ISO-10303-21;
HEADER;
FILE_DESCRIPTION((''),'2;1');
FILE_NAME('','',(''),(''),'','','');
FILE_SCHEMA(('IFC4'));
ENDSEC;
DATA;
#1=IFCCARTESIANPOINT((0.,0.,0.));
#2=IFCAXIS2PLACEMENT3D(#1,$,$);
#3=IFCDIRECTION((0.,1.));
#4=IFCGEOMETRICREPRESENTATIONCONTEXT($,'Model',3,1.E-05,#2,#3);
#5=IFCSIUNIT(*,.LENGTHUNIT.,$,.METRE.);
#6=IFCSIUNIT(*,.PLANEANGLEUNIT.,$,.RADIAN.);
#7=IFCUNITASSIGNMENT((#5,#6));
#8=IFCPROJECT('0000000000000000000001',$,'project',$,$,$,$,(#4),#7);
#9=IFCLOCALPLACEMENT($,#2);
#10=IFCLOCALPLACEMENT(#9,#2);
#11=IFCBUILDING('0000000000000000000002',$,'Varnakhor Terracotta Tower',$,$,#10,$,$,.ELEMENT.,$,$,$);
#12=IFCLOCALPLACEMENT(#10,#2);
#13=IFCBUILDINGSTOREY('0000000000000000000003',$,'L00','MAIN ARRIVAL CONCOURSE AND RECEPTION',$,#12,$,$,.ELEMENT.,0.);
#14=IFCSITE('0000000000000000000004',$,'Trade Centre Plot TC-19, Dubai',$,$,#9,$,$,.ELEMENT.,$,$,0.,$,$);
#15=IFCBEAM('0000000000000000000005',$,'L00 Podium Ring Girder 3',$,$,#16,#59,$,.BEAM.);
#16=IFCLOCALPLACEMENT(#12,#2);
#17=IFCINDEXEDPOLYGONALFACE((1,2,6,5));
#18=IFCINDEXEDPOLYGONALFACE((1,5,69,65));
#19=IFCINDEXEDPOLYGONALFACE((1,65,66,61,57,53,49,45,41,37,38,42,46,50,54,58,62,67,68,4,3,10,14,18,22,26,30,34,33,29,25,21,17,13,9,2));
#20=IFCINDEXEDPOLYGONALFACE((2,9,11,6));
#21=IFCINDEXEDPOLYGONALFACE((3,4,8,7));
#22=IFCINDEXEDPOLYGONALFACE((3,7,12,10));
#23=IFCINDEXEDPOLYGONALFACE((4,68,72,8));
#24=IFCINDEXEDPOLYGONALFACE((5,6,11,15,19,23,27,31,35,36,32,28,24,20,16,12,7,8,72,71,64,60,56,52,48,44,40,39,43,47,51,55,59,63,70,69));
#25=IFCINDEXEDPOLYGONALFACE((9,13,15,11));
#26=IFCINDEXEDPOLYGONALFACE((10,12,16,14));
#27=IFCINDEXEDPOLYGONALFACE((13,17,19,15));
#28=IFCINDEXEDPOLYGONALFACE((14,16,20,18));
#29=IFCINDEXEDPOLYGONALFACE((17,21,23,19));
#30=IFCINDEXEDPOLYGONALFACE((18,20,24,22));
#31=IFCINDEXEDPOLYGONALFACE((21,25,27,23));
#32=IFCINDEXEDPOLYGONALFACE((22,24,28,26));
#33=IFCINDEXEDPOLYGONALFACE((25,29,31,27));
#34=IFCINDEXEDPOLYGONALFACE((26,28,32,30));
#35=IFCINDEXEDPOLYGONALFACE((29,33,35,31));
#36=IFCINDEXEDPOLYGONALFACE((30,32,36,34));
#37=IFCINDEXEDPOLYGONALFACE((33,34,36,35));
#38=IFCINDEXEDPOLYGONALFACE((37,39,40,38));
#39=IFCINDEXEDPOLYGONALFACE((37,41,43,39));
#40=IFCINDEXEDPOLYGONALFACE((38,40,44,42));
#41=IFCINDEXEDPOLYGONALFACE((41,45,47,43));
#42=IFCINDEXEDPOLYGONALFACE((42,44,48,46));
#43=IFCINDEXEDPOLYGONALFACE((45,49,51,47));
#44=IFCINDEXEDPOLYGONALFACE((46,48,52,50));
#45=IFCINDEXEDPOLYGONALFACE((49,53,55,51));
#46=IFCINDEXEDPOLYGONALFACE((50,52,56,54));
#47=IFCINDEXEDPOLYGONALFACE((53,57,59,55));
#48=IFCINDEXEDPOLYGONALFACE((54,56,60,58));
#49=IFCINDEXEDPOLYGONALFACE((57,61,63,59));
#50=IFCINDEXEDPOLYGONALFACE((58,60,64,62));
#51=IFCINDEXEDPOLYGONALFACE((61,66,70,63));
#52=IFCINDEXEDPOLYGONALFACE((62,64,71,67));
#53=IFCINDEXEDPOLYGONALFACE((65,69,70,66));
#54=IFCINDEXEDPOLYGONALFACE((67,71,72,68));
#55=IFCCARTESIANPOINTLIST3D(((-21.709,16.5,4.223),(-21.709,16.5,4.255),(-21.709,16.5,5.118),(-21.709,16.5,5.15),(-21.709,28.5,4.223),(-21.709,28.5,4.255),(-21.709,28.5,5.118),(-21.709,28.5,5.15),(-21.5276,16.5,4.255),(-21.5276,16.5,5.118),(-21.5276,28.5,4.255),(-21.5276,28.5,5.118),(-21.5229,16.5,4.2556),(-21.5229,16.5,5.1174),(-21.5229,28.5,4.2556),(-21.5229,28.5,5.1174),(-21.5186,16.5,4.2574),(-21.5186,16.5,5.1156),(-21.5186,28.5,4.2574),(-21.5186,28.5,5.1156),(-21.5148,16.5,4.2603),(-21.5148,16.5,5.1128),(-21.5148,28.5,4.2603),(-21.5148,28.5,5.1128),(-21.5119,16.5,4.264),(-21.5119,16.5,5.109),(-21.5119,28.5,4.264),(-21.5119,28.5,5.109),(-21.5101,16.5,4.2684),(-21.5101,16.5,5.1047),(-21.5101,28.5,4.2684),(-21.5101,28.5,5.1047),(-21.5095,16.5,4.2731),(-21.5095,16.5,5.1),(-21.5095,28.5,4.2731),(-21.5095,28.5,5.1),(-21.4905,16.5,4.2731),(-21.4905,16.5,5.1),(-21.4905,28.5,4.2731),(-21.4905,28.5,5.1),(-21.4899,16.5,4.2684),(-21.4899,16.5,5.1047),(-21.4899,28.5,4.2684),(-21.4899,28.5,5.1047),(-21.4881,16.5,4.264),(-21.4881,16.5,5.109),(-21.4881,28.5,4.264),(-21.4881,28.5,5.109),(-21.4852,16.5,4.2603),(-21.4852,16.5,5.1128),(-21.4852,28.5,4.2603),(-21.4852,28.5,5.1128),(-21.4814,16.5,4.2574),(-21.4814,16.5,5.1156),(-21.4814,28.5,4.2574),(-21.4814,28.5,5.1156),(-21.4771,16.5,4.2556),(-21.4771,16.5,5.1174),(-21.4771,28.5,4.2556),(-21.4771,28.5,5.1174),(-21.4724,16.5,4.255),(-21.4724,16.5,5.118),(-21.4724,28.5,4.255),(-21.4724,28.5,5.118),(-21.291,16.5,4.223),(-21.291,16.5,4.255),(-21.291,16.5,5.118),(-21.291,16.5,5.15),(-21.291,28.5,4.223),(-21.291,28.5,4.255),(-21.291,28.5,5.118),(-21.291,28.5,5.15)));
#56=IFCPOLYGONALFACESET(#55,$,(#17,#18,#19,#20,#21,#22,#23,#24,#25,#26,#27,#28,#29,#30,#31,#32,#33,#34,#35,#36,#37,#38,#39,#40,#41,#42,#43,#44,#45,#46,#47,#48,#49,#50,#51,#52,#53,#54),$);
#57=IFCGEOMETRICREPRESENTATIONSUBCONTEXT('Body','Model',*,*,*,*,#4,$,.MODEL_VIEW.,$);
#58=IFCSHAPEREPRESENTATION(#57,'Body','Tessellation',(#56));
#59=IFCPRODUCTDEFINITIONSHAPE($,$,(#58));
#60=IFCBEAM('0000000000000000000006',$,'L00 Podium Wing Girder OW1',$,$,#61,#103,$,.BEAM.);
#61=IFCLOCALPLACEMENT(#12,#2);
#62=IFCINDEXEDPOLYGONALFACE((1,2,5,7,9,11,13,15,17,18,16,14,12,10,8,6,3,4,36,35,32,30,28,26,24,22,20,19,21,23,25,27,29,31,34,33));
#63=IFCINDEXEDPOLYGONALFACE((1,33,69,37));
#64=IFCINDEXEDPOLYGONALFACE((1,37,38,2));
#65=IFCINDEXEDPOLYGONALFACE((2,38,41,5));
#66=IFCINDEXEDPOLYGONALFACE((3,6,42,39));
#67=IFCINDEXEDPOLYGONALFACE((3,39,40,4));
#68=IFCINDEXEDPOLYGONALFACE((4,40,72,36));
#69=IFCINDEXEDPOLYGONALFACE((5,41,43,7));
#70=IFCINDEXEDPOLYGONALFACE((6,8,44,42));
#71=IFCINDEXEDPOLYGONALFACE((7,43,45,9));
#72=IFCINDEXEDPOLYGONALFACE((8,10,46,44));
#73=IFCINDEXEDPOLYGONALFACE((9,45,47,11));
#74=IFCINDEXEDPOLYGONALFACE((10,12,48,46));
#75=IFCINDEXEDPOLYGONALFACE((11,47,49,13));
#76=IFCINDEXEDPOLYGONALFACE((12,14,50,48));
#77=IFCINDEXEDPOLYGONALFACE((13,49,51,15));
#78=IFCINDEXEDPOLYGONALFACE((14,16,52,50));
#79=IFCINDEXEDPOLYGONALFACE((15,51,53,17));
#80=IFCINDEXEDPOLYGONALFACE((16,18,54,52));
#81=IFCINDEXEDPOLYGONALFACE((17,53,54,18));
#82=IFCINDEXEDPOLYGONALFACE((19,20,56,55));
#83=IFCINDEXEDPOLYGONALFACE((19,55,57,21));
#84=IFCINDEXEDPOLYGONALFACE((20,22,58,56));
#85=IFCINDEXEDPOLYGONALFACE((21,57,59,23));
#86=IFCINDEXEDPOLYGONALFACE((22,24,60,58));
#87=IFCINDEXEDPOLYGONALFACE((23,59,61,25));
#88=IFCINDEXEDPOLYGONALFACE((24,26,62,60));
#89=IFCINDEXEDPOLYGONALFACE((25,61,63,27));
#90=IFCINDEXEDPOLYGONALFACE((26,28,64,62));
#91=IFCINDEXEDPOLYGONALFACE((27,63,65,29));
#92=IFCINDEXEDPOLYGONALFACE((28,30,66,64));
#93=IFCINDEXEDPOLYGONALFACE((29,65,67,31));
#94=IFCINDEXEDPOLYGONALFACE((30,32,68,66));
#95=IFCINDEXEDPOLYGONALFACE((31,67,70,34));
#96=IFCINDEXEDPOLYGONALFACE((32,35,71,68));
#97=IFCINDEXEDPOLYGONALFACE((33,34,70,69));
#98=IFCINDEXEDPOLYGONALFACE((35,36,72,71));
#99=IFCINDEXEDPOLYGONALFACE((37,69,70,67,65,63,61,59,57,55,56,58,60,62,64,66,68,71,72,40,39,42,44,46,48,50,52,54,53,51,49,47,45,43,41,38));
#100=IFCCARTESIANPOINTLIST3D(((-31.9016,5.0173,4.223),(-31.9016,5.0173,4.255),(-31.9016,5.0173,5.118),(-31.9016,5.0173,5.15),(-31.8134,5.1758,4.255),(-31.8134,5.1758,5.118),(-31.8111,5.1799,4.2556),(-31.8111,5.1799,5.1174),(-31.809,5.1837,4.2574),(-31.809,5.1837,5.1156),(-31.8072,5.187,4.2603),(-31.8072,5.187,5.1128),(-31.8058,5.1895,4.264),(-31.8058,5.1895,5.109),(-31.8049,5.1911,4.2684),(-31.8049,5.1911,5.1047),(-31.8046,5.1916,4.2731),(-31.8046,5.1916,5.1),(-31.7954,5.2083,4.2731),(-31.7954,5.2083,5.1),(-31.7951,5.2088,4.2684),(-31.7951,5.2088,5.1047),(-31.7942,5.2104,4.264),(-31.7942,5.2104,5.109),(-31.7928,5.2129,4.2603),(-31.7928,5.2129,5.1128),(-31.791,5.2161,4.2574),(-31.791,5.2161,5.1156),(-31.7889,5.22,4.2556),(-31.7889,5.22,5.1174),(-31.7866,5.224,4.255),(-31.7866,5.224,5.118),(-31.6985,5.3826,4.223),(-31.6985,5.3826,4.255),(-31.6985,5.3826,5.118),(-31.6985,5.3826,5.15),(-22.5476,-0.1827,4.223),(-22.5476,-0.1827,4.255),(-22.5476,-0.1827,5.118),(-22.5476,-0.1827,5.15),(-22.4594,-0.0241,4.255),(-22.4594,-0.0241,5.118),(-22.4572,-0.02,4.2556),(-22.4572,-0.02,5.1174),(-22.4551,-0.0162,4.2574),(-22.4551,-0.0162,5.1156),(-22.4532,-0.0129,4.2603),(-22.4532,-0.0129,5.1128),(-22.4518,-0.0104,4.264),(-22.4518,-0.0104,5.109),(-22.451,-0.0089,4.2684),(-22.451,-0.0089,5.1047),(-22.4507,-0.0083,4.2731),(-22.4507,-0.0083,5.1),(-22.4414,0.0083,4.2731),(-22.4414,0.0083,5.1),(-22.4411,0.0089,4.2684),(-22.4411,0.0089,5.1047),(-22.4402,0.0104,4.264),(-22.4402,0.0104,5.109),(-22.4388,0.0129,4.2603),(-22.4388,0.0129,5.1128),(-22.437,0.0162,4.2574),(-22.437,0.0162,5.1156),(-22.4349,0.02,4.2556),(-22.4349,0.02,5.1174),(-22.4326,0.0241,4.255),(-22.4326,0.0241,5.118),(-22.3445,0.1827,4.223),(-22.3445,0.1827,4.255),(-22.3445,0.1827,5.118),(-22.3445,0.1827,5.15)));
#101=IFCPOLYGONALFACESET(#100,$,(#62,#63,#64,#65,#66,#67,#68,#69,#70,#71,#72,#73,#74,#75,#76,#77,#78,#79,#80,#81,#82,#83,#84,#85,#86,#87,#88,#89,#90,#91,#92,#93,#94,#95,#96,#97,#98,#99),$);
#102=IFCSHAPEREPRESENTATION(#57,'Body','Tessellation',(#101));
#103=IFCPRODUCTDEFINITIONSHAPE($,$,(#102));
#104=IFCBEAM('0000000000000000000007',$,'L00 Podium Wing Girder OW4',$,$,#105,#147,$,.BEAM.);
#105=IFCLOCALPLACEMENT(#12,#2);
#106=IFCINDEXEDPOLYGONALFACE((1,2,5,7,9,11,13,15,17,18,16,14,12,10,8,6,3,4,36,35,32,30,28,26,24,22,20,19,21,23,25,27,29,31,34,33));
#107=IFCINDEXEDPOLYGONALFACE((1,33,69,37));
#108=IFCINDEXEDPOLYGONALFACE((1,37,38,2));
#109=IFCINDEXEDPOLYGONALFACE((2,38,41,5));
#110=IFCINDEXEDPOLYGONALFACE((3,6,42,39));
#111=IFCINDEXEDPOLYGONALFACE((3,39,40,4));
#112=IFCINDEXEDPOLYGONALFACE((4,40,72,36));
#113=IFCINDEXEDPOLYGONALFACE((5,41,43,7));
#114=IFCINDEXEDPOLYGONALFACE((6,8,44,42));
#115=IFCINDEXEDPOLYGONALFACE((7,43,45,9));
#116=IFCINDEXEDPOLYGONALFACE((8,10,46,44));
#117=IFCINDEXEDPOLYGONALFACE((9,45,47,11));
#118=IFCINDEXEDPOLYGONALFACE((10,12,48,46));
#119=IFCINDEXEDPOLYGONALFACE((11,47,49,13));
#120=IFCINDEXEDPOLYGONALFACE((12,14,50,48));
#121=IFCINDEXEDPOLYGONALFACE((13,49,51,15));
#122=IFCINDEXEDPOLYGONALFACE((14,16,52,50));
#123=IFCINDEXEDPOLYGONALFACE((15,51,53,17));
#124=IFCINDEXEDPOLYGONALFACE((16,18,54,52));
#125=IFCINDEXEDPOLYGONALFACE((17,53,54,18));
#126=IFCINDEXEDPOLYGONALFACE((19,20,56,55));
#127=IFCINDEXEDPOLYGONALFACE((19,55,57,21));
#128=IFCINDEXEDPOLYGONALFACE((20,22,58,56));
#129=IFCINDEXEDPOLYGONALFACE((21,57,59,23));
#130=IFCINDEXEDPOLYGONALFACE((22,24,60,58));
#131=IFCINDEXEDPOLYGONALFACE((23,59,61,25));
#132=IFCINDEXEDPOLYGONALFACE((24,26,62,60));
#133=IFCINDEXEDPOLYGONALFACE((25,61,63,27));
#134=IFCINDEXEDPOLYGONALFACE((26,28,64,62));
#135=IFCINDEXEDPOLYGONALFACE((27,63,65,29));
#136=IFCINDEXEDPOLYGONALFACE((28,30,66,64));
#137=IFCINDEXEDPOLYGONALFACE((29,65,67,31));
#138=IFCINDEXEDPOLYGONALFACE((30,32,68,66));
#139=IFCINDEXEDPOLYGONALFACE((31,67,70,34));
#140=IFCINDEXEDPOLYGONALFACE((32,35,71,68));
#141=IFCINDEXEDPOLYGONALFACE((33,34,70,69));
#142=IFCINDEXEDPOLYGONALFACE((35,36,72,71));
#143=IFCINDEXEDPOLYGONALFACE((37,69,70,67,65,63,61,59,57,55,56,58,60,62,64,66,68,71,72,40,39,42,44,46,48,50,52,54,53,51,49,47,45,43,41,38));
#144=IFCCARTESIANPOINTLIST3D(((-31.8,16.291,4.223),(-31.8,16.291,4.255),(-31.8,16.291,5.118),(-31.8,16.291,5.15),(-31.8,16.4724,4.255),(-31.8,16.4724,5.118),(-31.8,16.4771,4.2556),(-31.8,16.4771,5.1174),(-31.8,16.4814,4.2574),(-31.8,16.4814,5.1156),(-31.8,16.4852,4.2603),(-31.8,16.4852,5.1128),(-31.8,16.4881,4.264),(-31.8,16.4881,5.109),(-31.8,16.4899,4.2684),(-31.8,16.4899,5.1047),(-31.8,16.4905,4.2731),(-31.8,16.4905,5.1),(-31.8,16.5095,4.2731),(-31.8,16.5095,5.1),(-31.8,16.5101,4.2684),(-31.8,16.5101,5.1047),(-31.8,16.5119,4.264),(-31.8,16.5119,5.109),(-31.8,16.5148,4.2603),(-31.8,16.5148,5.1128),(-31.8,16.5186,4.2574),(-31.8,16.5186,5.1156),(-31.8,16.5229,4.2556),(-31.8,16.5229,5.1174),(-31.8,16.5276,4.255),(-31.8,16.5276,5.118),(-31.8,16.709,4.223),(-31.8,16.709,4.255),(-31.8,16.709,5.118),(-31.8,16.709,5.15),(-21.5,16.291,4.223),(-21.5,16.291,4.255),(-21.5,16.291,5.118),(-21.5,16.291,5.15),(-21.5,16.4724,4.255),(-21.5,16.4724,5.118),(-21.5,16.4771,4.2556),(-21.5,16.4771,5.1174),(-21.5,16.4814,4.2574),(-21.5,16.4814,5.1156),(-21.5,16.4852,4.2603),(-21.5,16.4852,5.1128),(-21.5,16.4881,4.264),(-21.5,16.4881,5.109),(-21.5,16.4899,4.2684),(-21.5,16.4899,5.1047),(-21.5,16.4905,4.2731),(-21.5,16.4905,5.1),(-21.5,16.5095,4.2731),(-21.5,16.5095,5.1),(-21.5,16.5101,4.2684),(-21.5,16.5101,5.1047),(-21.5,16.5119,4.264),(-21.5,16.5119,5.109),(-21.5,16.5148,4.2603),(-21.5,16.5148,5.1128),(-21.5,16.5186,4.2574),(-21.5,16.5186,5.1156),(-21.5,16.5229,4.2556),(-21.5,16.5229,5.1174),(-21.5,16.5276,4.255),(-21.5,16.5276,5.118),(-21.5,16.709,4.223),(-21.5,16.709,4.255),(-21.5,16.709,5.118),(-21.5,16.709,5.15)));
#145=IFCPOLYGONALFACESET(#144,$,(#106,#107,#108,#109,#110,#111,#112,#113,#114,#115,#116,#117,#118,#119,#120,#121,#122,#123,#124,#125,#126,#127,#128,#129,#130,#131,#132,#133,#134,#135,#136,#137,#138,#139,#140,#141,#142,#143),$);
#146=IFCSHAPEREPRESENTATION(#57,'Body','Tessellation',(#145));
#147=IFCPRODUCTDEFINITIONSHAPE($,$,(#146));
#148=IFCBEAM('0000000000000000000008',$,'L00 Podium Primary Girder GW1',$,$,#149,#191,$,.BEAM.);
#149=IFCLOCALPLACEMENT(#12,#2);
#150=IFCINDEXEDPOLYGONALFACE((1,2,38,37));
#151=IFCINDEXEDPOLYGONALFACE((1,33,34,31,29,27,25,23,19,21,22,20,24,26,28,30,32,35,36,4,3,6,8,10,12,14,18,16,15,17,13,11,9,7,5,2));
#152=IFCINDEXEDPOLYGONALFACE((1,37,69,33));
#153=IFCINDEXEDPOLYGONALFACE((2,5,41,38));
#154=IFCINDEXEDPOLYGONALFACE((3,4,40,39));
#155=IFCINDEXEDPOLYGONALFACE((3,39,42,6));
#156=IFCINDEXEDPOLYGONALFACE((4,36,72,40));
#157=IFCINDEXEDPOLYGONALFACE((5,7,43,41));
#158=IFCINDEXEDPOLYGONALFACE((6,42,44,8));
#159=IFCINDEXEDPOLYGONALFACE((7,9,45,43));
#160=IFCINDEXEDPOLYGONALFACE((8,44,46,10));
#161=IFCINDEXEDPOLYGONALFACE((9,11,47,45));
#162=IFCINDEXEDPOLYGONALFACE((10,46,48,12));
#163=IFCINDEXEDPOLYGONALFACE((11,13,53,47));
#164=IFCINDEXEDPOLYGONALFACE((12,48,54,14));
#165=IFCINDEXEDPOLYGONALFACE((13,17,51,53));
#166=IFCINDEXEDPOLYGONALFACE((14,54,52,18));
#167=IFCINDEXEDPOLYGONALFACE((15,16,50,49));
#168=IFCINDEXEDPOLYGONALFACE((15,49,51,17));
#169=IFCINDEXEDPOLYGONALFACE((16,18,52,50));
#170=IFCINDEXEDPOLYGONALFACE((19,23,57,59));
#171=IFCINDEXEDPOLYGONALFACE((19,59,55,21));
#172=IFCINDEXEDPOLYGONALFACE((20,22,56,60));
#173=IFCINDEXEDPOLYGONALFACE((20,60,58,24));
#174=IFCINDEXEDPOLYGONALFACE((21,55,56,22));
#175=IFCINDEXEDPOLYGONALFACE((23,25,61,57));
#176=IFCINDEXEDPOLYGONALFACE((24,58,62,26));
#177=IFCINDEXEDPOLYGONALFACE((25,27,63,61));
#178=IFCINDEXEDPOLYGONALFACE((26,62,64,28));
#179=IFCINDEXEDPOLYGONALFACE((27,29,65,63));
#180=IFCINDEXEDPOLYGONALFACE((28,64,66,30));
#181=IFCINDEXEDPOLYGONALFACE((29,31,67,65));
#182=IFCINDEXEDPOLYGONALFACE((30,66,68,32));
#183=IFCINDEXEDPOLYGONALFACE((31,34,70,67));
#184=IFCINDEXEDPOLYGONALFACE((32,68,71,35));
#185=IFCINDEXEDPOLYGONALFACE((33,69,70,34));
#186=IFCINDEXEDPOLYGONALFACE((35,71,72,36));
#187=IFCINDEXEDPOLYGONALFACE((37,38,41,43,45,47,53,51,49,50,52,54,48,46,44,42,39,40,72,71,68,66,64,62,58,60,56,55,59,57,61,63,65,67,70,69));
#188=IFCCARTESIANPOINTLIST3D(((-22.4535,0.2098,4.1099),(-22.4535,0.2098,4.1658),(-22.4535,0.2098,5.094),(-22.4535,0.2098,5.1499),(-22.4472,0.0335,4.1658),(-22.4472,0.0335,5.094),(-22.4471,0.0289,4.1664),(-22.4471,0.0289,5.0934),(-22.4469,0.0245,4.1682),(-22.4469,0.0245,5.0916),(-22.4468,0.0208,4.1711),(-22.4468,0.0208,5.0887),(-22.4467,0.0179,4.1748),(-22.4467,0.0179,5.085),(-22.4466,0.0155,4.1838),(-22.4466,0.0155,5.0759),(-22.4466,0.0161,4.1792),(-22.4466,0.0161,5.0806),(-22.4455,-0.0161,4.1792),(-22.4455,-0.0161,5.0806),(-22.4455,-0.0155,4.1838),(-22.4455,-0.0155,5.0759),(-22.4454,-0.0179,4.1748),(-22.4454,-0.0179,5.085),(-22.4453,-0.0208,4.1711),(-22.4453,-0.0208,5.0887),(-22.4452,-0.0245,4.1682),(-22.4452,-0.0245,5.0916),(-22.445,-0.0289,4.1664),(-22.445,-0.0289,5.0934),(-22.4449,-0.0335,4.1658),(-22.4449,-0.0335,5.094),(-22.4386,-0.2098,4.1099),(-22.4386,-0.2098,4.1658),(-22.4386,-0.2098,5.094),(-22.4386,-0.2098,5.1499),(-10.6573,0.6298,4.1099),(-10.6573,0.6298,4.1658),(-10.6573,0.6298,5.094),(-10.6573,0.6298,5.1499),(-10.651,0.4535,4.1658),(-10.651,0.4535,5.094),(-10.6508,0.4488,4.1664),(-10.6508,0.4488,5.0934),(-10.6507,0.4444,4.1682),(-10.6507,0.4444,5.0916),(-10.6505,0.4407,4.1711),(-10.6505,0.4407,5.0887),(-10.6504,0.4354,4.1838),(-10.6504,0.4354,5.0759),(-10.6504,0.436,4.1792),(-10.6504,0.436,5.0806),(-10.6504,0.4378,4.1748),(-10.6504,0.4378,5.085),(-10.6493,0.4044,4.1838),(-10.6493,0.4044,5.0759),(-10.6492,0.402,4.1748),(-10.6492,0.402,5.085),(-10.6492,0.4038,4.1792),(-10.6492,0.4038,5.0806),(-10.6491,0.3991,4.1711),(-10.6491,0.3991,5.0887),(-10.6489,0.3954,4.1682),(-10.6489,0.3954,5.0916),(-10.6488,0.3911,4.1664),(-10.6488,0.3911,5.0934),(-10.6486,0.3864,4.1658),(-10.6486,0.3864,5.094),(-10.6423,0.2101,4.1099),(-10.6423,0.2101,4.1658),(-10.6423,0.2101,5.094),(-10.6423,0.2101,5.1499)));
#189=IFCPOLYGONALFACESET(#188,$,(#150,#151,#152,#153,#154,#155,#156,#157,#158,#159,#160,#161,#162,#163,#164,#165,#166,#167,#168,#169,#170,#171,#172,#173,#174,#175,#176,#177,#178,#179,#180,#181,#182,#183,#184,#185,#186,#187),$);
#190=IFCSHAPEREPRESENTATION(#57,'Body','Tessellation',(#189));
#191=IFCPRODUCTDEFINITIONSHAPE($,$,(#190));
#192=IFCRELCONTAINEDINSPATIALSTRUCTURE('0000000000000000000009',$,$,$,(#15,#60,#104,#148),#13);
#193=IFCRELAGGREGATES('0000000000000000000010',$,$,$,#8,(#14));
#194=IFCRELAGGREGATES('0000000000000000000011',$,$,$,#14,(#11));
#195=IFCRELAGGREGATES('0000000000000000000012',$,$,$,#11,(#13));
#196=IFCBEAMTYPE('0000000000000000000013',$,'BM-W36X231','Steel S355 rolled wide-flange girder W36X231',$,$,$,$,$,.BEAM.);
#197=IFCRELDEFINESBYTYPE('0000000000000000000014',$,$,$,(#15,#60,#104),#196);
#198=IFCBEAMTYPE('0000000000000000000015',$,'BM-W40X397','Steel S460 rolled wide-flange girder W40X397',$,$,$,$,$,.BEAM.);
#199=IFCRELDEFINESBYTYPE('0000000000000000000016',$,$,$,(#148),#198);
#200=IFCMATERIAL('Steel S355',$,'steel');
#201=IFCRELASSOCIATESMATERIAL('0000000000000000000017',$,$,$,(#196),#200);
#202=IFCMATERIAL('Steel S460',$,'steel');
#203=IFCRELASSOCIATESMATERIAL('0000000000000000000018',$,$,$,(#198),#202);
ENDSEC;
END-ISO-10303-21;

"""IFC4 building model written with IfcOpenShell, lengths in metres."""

from ifc_helpers import new_model, si_unit, direction, frame, origin, origin_2d, place, context, subcontext, project, spatial, i_section, extrude, source, transform, mapped, material, material_profile, profile_set, type_object, type_shapes, element, save


model = new_model("IFC4")

# Units and contexts
model_context = context("Model", 3, precision=1e-05, world=origin(), true_north=direction((0.0, 1.0)))
body_context = subcontext(model_context, "Body", "Model", "MODEL_VIEW")
ifc_project = project(units=[si_unit("LENGTHUNIT", "METRE"), si_unit("PLANEANGLEUNIT", "RADIAN")], contexts=[model_context])

# Site, building, storey
site_placement = place(None, origin())
site = spatial("IfcSite", under=ifc_project, at=site_placement, Name="Trade Centre Plot TC-19, Dubai", CompositionType="ELEMENT", RefElevation=0.0)
building_placement = place(site_placement, origin())
building = spatial("IfcBuilding", under=site, at=building_placement, Name="Varnakhor Terracotta Tower", CompositionType="ELEMENT")
storey_placement = place(building_placement, origin())
storey = spatial("IfcBuildingStorey", under=building, at=storey_placement, Name="L00", Description="MAIN ARRIVAL CONCOURSE AND RECEPTION", CompositionType="ELEMENT", Elevation=0.0)

# Shared definitions
ifc_material_1 = material(Name="Steel S460", Category="steel")

# Beams
ifc_material_2 = material(Name="Steel S355", Category="steel")
ifc_material_profile_1 = material_profile(ifc_material_2, i_section(OverallWidth=0.418, OverallDepth=0.927, WebThickness=0.019, FlangeThickness=0.032, FilletRadius=0.0181, at=origin_2d()), Name="W36X231")
ifc_profile_set_1 = profile_set([ifc_material_profile_1], Name="Steel S355")
beam_type_1 = type_object("IfcBeamType", Name="BM-W36X231", Description="Steel S355 rolled wide-flange girder W36X231", PredefinedType="BEAM", material=ifc_profile_set_1)
shared_shape_1 = source(origin(), body_context, "Body", "SweptSolid", [
    extrude(i_section(OverallWidth=0.418, OverallDepth=0.927, WebThickness=0.019, FlangeThickness=0.032, FilletRadius=0.0181, at=origin_2d()), origin(), (0.0, 0.0, 1.0), 12.0),
])
beam_1_placement = place(storey_placement, frame((-21.5, 16.5, 4.6865), z_axis=(0.0, 1.0, 0.0), x_axis=(-1.0, 0.0, 0.0)))
element("IfcBeam", 1, at=beam_1_placement, inside=storey, type_object=beam_type_1, Name="L00 Podium Ring Girder 3", PredefinedType="BEAM", context=body_context, shape_type="MappedRepresentation", body=[
    mapped(shared_shape_1, transform((0.0, 0.0, 0.0), scale=1.0)),
])
shared_shape_2 = source(origin(), body_context, "Body", "SweptSolid", [
    extrude(i_section(OverallWidth=0.418, OverallDepth=0.927, WebThickness=0.019, FlangeThickness=0.032, FilletRadius=0.0181, at=origin_2d()), origin(), (0.0, 0.0, 1.0), 10.7021),
])
beam_2_placement = place(storey_placement, frame((-22.446, 0.0, 4.6865), z_axis=(-0.874027, 0.485877, 0.0), x_axis=(-0.485877, -0.874027, 0.0)))
element("IfcBeam", 2, at=beam_2_placement, inside=storey, type_object=beam_type_1, Name="L00 Podium Wing Girder OW1", PredefinedType="BEAM", context=body_context, shape_type="MappedRepresentation", body=[
    mapped(shared_shape_2, transform((0.0, 0.0, 0.0), scale=1.0)),
])
shared_shape_3 = source(origin(), body_context, "Body", "SweptSolid", [
    extrude(i_section(OverallWidth=0.418, OverallDepth=0.927, WebThickness=0.019, FlangeThickness=0.032, FilletRadius=0.0181, at=origin_2d()), origin(), (0.0, 0.0, 1.0), 10.3),
])
beam_3_placement = place(storey_placement, frame((-21.5, 16.5, 4.6865), z_axis=(-1.0, 0.0, 0.0), x_axis=(0.0, -1.0, 0.0)))
element("IfcBeam", 3, at=beam_3_placement, inside=storey, type_object=beam_type_1, Name="L00 Podium Wing Girder OW4", PredefinedType="BEAM", context=body_context, shape_type="MappedRepresentation", body=[
    mapped(shared_shape_3, transform((0.0, 0.0, 0.0), scale=1.0)),
])
ifc_material_profile_2 = material_profile(ifc_material_1, i_section(OverallWidth=0.4199, OverallDepth=1.04, WebThickness=0.031, FlangeThickness=0.0559, FilletRadius=0.0181, at=origin_2d()), Name="W40X397")
ifc_profile_set_2 = profile_set([ifc_material_profile_2], Name="Steel S460")
beam_type_2 = type_object("IfcBeamType", Name="BM-W40X397", Description="Steel S460 rolled wide-flange girder W40X397", PredefinedType="BEAM", material=ifc_profile_set_2)
shared_shape_4 = source(origin(), body_context, "Body", "SweptSolid", [
    extrude(i_section(OverallWidth=0.4199, OverallDepth=1.04, WebThickness=0.031, FlangeThickness=0.0559, FilletRadius=0.0181, at=origin_2d()), origin(), (0.0, 0.0, 1.0), 11.8037),
])
type_shapes(beam_type_2, [shared_shape_4])
beam_4_placement = place(storey_placement, frame((-22.446, 0.0, 4.6299), z_axis=(0.999367, 0.035576, 0.0), x_axis=(-0.035576, 0.999367, 0.0)))
element("IfcBeam", 4, at=beam_4_placement, inside=storey, type_object=beam_type_2, Name="L00 Podium Primary Girder GW1", PredefinedType="BEAM", context=body_context, shape_type="MappedRepresentation", body=[
    mapped(shared_shape_4, transform((0.0, 0.0, 0.0), scale=1.0)),
])

save(model, "model.ifc")
